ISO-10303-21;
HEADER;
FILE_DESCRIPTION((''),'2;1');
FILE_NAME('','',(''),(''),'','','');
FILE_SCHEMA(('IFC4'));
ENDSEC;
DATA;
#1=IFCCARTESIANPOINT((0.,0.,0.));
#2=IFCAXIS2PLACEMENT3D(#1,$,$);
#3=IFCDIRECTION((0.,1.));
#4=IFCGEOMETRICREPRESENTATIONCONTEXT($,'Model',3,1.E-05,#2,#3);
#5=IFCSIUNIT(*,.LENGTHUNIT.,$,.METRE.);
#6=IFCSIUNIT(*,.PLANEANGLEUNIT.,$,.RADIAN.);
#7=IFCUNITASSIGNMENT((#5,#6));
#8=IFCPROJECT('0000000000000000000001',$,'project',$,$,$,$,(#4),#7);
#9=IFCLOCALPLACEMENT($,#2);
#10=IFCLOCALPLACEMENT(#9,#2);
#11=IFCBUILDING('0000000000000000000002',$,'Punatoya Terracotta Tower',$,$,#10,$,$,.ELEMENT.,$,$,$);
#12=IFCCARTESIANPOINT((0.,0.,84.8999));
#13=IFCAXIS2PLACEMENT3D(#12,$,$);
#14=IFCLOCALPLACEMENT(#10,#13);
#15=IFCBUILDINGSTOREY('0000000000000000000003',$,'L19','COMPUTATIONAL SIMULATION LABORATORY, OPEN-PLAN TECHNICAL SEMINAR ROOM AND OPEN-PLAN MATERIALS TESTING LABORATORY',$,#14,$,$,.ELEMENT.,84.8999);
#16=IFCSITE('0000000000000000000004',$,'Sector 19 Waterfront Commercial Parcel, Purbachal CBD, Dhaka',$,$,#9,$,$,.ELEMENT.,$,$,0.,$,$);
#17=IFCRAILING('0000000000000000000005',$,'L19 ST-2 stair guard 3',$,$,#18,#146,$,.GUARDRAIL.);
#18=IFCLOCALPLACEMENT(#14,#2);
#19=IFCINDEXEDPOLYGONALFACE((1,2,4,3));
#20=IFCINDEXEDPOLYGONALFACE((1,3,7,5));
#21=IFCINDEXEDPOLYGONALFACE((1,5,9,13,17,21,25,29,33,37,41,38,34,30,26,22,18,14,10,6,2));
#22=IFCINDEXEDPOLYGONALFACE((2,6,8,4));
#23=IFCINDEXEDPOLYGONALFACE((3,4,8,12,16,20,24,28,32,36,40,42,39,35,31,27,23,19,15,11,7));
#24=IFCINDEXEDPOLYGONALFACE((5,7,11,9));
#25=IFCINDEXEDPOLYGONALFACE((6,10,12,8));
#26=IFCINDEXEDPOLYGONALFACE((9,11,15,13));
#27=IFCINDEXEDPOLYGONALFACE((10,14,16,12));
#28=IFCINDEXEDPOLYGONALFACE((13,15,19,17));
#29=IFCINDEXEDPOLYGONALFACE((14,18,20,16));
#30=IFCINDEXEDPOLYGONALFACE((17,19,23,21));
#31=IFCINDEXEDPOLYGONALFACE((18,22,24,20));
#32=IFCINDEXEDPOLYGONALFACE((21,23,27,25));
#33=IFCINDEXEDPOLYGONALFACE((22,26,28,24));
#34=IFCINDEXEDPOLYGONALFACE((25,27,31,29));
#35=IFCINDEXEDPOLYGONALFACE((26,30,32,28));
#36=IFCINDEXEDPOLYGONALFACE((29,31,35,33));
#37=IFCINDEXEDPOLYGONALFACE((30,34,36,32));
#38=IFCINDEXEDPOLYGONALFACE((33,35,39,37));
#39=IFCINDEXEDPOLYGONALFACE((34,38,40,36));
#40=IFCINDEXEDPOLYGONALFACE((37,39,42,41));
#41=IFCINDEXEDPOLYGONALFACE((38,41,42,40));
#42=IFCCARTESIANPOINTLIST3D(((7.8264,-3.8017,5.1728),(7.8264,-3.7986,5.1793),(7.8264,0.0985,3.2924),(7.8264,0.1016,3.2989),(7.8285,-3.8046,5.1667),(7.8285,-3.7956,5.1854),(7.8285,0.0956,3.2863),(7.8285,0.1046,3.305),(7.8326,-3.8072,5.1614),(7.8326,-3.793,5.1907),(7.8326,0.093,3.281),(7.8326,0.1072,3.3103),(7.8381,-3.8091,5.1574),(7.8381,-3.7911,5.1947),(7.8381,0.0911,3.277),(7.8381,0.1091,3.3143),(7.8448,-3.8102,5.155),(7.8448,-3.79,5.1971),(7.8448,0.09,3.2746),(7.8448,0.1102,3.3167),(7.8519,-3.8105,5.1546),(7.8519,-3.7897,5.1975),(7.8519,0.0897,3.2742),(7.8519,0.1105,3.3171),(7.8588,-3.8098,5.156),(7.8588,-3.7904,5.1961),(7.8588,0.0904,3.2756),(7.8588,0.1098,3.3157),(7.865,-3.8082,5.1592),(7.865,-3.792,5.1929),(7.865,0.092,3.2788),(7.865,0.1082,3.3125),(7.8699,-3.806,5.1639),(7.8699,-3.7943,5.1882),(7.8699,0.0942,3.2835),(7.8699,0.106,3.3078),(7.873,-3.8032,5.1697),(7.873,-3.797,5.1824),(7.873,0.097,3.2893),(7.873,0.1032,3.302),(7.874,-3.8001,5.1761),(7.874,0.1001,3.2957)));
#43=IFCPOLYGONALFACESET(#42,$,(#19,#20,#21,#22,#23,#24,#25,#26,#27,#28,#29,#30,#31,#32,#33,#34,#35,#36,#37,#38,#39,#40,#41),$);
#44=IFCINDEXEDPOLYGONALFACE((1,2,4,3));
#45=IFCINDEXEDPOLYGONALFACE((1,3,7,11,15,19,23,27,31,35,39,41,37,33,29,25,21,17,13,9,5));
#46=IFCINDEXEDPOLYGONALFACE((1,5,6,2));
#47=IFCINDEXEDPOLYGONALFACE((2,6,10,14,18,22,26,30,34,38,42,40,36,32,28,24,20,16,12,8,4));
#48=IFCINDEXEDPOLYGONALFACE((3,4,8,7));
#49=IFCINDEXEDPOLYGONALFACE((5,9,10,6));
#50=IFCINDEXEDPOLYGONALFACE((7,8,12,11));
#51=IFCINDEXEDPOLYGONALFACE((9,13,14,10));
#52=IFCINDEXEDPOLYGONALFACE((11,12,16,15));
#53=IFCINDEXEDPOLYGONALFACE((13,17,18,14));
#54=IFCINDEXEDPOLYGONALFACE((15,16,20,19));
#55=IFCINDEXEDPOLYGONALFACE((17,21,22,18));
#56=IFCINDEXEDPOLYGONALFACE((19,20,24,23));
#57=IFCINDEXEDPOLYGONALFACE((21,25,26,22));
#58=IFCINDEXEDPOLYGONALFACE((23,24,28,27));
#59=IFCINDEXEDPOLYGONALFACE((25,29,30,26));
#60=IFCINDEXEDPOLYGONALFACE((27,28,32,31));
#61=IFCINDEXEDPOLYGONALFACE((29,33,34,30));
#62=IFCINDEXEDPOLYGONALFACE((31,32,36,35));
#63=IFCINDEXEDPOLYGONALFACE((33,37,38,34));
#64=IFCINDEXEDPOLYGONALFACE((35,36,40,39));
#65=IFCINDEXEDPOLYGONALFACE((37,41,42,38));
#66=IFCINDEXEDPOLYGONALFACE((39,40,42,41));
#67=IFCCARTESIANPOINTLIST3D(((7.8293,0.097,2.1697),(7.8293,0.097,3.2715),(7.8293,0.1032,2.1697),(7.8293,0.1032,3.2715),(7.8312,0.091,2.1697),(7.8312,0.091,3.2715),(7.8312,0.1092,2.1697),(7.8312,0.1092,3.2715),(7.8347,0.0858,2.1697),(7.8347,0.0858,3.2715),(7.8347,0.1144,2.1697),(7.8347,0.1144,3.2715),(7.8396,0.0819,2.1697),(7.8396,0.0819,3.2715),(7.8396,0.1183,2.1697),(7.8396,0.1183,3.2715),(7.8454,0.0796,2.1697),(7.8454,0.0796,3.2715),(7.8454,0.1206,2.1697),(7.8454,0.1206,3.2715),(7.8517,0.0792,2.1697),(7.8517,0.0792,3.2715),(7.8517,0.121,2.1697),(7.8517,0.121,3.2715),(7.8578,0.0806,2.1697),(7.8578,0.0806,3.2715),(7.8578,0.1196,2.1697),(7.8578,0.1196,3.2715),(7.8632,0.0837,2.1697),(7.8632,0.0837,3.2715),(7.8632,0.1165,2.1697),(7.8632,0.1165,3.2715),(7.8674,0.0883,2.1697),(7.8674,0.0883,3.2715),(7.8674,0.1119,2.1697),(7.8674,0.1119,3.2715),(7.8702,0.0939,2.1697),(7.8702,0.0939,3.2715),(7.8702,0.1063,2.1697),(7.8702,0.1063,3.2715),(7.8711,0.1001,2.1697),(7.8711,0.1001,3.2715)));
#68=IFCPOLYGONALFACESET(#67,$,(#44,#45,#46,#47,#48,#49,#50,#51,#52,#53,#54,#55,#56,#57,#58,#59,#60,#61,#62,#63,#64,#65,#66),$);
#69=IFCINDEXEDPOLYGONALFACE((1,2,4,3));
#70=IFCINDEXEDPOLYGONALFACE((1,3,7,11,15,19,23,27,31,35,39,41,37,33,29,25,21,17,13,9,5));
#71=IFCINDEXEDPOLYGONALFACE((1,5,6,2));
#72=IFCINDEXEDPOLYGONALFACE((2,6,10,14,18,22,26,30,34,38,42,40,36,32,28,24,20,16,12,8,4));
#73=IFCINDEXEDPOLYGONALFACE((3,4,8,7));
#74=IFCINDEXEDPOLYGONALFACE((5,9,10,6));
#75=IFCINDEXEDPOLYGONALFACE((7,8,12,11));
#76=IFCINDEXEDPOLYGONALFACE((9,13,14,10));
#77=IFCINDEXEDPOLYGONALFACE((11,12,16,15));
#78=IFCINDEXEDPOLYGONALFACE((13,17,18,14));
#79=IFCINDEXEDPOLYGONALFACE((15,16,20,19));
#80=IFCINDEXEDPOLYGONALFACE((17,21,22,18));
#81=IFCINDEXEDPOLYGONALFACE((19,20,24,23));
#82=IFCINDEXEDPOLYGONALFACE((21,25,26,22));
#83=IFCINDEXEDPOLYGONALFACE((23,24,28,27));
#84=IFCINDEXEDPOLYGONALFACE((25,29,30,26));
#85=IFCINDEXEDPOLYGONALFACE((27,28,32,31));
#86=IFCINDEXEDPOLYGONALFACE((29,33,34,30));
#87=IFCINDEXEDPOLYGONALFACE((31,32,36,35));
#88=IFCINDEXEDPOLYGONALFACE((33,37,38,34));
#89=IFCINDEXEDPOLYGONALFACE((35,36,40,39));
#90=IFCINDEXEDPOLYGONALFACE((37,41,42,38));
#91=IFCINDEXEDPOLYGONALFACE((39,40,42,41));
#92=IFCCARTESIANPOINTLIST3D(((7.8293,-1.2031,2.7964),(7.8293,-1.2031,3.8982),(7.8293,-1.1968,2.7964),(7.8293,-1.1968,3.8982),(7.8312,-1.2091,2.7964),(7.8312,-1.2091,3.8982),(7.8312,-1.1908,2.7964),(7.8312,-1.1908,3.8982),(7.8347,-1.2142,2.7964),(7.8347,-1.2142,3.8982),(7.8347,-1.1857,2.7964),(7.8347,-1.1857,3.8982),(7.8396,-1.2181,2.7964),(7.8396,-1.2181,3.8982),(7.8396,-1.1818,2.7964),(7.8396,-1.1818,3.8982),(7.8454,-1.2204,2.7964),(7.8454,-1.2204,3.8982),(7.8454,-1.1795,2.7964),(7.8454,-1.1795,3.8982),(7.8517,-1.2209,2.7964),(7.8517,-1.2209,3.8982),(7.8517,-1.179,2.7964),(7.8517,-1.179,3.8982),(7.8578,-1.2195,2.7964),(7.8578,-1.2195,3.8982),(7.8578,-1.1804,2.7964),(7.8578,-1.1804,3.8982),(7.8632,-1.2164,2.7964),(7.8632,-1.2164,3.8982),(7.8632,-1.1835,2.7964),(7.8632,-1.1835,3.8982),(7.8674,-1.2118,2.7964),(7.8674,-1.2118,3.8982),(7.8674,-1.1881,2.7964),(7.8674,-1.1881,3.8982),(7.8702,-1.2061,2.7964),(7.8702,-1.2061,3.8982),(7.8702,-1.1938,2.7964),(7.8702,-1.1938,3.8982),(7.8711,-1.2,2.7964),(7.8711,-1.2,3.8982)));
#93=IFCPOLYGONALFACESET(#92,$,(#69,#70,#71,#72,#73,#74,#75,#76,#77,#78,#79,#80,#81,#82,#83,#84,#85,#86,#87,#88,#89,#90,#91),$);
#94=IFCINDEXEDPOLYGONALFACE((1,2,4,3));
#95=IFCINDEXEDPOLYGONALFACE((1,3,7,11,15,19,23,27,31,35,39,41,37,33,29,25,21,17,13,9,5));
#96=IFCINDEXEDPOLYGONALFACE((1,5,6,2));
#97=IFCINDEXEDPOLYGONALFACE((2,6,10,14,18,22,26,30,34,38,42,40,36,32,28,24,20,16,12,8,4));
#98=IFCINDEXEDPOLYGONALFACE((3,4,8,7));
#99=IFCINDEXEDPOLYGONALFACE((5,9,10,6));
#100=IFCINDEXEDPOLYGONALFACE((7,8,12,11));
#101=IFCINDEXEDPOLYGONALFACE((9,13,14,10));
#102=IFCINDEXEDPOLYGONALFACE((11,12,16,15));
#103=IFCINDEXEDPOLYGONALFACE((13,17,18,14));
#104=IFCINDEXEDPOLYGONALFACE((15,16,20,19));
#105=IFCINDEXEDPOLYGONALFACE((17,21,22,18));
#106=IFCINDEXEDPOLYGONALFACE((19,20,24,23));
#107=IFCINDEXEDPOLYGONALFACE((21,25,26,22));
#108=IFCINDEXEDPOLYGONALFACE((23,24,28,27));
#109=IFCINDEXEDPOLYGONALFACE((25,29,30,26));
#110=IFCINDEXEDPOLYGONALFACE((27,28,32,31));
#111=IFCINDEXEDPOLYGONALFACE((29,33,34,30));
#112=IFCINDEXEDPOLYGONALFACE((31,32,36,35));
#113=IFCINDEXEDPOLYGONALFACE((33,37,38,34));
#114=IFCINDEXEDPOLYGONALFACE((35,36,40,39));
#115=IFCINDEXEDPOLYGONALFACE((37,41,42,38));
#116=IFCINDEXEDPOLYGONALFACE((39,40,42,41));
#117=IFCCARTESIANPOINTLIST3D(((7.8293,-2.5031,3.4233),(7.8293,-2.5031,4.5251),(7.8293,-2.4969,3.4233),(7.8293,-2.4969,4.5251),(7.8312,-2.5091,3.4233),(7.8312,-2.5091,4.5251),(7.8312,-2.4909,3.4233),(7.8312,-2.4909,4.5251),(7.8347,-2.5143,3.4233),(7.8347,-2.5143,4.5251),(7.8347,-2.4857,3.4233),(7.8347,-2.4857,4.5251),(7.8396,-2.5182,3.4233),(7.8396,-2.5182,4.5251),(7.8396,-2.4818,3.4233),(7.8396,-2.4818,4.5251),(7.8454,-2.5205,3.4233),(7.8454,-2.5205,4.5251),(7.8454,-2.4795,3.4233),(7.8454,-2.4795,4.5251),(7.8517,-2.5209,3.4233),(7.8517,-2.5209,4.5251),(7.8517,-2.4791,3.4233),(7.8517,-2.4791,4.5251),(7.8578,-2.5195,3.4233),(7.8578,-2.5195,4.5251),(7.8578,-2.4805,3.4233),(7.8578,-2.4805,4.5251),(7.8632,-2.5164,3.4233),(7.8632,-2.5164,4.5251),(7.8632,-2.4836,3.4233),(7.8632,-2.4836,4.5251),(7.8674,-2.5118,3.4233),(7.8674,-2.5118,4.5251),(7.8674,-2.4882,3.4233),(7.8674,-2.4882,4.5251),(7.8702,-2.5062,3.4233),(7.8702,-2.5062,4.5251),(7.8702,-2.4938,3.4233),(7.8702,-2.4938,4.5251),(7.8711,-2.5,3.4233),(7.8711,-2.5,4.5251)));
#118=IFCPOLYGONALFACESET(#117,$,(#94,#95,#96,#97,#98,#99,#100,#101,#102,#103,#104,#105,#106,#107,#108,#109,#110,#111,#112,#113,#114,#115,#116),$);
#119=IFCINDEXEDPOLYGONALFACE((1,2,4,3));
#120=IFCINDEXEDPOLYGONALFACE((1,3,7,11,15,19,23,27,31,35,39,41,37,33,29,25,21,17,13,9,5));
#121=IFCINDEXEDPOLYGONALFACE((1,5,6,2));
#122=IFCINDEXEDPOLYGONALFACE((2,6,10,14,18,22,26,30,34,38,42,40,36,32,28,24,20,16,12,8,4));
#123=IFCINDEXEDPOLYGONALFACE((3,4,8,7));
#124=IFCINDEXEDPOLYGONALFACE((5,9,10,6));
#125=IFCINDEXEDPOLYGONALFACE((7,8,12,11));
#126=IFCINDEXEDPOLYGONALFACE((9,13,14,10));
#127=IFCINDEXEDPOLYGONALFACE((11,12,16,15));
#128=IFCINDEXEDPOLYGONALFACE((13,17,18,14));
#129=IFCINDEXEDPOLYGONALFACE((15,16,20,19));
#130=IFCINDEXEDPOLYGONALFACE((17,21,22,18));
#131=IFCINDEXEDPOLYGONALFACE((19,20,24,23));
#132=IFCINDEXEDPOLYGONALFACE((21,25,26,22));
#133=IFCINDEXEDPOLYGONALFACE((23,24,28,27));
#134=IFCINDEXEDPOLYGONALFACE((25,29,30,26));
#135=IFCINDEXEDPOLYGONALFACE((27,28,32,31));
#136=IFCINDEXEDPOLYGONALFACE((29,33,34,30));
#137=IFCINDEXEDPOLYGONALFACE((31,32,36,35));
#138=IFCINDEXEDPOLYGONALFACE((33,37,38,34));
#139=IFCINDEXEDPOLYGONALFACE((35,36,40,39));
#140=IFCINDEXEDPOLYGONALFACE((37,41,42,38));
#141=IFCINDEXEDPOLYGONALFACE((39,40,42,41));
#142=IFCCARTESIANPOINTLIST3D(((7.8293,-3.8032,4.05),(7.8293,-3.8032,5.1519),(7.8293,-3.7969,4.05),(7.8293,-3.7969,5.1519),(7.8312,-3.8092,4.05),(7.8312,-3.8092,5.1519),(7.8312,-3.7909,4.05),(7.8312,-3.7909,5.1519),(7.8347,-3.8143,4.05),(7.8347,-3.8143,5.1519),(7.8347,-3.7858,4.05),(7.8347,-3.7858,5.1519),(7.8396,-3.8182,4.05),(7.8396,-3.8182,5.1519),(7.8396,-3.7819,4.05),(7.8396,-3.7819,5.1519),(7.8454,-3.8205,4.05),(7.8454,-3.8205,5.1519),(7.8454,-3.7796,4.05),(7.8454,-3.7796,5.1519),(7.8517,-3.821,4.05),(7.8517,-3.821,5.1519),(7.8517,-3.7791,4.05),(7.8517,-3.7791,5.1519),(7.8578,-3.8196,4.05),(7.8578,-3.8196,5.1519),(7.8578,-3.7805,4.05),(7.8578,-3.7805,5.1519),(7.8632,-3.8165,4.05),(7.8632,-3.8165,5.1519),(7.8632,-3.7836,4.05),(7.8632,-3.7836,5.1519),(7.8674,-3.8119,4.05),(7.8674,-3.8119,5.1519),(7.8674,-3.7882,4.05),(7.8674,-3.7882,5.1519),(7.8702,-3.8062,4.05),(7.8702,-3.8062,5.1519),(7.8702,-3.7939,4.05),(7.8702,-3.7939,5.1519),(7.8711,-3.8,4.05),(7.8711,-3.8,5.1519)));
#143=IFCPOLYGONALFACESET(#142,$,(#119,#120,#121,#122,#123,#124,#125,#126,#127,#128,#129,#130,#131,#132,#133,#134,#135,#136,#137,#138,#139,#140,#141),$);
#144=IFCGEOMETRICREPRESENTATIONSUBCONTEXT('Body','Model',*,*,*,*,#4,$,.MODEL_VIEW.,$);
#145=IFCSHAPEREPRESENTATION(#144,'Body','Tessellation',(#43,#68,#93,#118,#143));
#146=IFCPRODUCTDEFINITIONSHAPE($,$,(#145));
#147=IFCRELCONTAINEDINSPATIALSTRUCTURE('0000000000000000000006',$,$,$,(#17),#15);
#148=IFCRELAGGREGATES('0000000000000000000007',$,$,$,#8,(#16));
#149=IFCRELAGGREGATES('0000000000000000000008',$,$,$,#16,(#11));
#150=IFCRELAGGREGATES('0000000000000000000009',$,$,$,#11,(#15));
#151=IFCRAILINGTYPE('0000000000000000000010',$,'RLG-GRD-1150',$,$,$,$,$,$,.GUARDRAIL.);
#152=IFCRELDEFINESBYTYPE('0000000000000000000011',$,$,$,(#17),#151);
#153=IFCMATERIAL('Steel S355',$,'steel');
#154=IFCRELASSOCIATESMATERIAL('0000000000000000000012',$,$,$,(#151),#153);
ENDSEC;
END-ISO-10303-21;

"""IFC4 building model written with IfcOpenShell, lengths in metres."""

from ifc_helpers import new_model, si_unit, direction, frame, origin, origin_2d, place, context, subcontext, project, spatial, circle, extrude, material, type_object, element, save


model = new_model("IFC4")

# Units and contexts
model_context = context("Model", 3, precision=1e-05, world=origin(), true_north=direction((0.0, 1.0)))
body_context = subcontext(model_context, "Body", "Model", "MODEL_VIEW")
ifc_project = project(units=[si_unit("LENGTHUNIT", "METRE"), si_unit("PLANEANGLEUNIT", "RADIAN")], contexts=[model_context])

# Site, building, storey
site_placement = place(None, origin())
site = spatial("IfcSite", under=ifc_project, at=site_placement, Name="Sector 19 Waterfront Commercial Parcel, Purbachal CBD, Dhaka", CompositionType="ELEMENT", RefElevation=0.0)
building_placement = place(site_placement, origin())
building = spatial("IfcBuilding", under=site, at=building_placement, Name="Punatoya Terracotta Tower", CompositionType="ELEMENT")
storey_placement = place(building_placement, frame((0.0, 0.0, 84.8999)))
storey = spatial("IfcBuildingStorey", under=building, at=storey_placement, Name="L19", Description="COMPUTATIONAL SIMULATION LABORATORY, OPEN-PLAN TECHNICAL SEMINAR ROOM AND OPEN-PLAN MATERIALS TESTING LABORATORY", CompositionType="ELEMENT", Elevation=84.8999)

# Shared definitions
ifc_material_1 = material(Name="Steel S355", Category="steel")

# Railing
railing_type_1 = type_object("IfcRailingType", Name="RLG-GRD-1150", PredefinedType="GUARDRAIL", material=ifc_material_1)
railing_1_placement = place(storey_placement, frame((7.8501, 0.1001, 2.1697)))
element("IfcRailing", 1, at=railing_1_placement, inside=storey, type_object=railing_type_1, Name="L19 ST-2 stair guard 3", PredefinedType="GUARDRAIL", context=body_context, shape_type="SweptSolid", body=[
    extrude(circle(Radius=0.0239, at=origin_2d()), frame((0.0, 0.0, 1.126), z_axis=(0.0, -0.900774, 0.434289), x_axis=(1.0, 0.0, 0.0)), (0.0, 0.0, 1.0), 4.3298),
    extrude(circle(Radius=0.021, at=origin_2d()), origin(), (0.0, 0.0, 1.0), 1.1018),
    extrude(circle(Radius=0.021, at=origin_2d()), frame((0.0, -1.3, 0.6267)), (0.0, 0.0, 1.0), 1.1018),
    extrude(circle(Radius=0.021, at=origin_2d()), frame((0.0, -2.6001, 1.2537)), (0.0, 0.0, 1.0), 1.1018),
    extrude(circle(Radius=0.021, at=origin_2d()), frame((0.0, -3.9001, 1.8804)), (0.0, 0.0, 1.0), 1.1018),
])

save(model, "model.ifc")
